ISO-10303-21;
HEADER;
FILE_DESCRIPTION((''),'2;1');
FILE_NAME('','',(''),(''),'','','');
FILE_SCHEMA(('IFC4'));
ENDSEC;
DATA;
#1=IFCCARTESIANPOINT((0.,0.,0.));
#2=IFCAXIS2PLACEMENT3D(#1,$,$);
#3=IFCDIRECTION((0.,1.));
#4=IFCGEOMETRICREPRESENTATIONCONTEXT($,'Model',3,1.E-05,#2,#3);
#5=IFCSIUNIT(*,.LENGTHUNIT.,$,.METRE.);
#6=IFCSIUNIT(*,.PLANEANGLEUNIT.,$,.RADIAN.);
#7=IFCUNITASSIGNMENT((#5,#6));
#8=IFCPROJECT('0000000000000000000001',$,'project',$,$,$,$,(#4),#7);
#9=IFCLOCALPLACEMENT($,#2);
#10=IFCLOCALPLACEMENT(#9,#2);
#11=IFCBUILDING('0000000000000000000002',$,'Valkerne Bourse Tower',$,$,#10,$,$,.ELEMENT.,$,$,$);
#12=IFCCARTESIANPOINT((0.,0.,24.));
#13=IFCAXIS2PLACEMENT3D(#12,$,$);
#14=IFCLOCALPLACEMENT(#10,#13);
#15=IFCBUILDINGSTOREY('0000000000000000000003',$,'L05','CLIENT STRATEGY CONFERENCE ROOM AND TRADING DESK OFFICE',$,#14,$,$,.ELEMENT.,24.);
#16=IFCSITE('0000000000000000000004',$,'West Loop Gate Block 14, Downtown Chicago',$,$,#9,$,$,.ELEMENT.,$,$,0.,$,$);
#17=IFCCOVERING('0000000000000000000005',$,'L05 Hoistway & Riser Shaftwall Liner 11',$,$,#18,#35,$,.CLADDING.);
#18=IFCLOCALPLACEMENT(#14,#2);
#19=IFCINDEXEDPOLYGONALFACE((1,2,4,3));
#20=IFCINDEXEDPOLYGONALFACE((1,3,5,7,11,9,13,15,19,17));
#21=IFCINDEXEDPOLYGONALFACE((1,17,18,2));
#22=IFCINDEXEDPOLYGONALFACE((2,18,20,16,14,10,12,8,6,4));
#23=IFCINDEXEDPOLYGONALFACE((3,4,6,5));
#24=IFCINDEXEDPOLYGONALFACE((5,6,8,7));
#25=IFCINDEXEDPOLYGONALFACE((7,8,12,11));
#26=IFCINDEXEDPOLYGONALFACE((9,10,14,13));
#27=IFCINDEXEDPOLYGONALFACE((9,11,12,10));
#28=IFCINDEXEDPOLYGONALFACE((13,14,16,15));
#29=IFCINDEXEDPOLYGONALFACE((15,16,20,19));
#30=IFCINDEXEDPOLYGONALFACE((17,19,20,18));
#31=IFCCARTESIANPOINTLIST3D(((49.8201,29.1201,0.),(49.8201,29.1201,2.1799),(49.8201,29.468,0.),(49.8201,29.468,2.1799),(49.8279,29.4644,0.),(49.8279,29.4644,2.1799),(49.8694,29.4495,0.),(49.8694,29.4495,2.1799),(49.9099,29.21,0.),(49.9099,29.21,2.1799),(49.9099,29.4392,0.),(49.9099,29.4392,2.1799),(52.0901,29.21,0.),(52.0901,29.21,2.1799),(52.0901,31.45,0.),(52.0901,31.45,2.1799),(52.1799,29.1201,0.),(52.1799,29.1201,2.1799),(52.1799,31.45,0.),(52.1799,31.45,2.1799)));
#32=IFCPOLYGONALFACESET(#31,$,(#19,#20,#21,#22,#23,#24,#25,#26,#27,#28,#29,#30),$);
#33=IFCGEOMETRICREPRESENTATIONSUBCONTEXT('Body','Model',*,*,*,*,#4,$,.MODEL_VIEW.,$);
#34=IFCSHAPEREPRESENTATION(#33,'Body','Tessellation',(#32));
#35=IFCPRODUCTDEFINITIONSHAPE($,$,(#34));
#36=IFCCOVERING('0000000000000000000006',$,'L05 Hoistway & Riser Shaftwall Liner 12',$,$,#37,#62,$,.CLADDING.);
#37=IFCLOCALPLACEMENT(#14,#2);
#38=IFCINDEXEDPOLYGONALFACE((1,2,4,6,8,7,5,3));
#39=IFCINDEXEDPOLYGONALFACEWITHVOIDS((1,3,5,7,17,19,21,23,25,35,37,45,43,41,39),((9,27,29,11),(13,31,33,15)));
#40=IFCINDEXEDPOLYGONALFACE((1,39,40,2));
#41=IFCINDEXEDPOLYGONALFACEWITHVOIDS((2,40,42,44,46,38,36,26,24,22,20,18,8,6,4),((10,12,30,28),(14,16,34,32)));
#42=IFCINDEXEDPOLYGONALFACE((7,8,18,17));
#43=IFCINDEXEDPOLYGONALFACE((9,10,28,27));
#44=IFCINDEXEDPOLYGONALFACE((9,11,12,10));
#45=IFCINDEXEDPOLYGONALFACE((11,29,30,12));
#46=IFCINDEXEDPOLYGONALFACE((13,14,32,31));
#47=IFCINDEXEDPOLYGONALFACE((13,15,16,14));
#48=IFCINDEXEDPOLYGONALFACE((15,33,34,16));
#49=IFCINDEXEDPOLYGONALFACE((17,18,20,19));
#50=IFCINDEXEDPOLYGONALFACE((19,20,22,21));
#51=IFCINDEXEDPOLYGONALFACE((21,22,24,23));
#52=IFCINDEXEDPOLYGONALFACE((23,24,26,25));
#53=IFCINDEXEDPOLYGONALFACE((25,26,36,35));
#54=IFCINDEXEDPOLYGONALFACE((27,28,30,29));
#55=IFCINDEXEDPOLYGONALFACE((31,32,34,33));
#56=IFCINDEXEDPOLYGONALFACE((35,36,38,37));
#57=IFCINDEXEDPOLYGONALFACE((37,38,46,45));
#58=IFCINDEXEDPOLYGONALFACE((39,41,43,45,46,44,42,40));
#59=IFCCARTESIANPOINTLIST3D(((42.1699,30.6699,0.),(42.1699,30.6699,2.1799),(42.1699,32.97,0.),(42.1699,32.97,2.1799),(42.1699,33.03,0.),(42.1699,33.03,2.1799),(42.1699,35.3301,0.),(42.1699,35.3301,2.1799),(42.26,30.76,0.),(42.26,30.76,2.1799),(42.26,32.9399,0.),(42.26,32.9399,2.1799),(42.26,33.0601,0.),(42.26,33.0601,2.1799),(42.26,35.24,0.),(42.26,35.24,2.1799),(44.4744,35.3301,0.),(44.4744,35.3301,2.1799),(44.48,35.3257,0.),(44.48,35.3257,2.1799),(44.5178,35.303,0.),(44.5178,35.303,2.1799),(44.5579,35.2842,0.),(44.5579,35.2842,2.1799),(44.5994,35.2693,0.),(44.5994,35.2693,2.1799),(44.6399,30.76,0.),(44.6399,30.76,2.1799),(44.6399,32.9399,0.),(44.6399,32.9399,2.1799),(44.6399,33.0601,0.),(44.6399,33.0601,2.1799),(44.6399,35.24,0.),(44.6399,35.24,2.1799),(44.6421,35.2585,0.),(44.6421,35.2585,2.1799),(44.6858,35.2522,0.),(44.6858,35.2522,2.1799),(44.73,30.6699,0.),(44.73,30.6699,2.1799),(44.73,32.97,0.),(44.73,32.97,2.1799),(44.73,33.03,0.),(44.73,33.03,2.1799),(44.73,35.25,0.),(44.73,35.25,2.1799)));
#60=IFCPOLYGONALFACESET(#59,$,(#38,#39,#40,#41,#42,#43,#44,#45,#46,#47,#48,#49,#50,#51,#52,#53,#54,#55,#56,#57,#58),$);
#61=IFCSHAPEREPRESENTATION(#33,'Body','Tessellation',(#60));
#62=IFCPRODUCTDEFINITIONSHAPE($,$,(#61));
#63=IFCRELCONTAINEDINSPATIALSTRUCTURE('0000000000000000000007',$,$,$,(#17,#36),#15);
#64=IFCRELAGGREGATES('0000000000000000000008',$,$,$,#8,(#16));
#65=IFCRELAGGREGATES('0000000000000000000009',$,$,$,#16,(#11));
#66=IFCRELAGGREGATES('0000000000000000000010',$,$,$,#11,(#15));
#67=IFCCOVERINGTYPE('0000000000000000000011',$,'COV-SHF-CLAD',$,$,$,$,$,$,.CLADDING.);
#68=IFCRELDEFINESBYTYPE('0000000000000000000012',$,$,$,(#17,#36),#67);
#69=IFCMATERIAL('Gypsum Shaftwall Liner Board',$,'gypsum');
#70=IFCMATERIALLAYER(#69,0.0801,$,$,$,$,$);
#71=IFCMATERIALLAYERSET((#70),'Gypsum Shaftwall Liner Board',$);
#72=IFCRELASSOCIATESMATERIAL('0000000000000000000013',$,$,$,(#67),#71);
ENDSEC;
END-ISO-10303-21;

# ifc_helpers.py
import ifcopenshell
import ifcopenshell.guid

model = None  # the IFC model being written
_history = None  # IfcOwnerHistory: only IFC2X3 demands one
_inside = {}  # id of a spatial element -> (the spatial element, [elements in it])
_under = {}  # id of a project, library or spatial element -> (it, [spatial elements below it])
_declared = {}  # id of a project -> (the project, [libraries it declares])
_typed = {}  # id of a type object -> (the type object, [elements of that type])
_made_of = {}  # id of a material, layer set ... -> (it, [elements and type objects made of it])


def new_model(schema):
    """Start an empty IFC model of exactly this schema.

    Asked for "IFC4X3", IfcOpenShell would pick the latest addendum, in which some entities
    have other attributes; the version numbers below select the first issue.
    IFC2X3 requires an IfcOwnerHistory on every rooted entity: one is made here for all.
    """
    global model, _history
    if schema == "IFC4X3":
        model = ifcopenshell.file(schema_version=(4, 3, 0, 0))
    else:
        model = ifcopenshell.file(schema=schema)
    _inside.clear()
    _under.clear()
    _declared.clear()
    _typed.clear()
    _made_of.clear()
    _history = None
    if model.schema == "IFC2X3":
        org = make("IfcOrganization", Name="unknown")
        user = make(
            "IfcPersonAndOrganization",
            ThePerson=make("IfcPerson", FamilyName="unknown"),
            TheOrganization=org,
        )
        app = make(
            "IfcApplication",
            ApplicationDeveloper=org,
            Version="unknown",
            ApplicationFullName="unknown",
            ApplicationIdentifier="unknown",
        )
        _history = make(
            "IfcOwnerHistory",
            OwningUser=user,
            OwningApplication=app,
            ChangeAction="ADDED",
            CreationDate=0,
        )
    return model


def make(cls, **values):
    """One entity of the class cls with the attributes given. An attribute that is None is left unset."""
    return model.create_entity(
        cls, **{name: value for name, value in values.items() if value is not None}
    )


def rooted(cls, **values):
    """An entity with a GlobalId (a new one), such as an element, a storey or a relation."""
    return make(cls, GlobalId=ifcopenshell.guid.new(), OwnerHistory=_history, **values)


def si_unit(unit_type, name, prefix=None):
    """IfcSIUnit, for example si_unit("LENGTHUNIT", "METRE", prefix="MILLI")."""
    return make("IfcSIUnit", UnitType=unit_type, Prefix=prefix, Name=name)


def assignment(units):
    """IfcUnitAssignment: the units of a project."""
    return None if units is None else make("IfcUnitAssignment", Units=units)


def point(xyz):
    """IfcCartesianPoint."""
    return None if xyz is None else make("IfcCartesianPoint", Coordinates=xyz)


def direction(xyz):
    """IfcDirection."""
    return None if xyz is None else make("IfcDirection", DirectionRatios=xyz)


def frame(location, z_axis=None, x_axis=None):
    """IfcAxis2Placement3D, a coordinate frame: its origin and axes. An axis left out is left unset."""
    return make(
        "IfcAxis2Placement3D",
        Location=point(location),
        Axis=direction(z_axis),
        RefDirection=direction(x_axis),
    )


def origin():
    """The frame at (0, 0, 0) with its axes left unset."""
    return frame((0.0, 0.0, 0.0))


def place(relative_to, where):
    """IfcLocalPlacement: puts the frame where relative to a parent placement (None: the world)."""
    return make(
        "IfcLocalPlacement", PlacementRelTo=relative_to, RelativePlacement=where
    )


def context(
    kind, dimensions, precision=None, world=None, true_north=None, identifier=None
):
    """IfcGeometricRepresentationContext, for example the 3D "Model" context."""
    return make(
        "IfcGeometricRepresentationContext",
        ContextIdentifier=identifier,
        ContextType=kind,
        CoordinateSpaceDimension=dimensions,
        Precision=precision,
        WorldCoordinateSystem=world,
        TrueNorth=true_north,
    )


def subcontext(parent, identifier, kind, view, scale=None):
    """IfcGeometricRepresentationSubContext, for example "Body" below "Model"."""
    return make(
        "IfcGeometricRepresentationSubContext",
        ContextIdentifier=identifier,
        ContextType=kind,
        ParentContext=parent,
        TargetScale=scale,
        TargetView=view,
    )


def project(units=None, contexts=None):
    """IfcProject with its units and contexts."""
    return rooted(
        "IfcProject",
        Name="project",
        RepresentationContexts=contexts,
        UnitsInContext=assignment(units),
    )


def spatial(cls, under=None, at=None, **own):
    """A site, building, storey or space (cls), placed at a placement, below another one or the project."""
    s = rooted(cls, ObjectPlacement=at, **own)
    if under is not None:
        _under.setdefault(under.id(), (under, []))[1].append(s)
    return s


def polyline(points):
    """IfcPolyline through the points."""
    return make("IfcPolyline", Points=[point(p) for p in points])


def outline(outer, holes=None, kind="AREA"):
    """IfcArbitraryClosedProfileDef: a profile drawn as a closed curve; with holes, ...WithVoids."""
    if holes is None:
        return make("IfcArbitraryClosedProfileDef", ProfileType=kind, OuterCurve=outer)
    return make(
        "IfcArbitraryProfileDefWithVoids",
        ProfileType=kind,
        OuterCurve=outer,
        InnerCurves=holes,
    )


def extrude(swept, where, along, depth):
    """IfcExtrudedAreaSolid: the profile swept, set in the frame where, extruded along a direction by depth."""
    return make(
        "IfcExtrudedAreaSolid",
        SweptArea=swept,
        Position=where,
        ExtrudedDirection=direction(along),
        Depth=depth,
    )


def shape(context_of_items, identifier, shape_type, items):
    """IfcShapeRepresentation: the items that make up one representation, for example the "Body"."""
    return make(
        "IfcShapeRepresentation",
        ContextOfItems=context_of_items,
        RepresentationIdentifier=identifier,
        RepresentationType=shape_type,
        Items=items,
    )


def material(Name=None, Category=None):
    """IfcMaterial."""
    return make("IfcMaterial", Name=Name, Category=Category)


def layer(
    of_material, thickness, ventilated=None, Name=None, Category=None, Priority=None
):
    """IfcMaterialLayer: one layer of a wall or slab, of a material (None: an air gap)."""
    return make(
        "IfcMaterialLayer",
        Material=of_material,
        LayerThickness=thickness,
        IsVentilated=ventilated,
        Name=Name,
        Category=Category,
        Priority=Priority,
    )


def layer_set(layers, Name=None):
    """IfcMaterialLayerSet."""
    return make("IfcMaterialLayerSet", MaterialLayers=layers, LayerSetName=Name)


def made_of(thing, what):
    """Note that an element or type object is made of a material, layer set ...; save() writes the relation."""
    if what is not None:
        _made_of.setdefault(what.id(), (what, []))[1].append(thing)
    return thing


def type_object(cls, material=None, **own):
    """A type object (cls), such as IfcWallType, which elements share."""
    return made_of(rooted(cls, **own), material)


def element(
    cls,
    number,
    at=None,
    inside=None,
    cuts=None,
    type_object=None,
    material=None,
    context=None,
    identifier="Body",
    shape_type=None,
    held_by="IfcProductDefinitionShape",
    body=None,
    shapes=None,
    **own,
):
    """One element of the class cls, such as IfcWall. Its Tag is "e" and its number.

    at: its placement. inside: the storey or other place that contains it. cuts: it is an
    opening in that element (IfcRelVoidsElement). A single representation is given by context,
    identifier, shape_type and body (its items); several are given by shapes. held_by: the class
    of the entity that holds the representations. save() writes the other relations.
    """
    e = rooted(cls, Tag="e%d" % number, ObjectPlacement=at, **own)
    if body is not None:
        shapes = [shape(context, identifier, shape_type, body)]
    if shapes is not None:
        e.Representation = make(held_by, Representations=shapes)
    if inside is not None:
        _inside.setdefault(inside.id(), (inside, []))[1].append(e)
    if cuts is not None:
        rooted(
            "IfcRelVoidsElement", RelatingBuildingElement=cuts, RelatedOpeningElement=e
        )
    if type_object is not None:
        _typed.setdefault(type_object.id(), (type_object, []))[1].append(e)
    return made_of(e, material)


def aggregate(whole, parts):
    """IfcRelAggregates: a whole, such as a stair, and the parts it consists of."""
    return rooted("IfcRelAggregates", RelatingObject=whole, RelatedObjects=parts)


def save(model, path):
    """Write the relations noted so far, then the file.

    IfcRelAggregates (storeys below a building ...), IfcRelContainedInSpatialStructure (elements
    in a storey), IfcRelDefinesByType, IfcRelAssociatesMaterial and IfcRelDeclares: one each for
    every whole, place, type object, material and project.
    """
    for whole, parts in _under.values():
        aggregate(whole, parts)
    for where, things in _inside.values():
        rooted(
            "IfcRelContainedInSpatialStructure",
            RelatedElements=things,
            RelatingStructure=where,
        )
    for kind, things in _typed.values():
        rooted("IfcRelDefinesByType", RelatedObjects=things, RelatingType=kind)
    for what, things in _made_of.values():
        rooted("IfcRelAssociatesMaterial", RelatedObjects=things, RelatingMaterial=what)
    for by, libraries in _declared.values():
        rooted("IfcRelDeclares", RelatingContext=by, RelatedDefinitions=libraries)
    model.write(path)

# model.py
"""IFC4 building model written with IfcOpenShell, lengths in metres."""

from ifc_helpers import new_model, si_unit, direction, frame, origin, place, context, subcontext, project, spatial, polyline, outline, extrude, material, layer, layer_set, type_object, element, save


model = new_model("IFC4")

# Units and contexts
model_context = context("Model", 3, precision=1e-05, world=origin(), true_north=direction((0.0, 1.0)))
body_context = subcontext(model_context, "Body", "Model", "MODEL_VIEW")
ifc_project = project(units=[si_unit("LENGTHUNIT", "METRE"), si_unit("PLANEANGLEUNIT", "RADIAN")], contexts=[model_context])

# Site, building, storey
site_placement = place(None, origin())
site = spatial("IfcSite", under=ifc_project, at=site_placement, Name="West Loop Gate Block 14, Downtown Chicago", CompositionType="ELEMENT", RefElevation=0.0)
building_placement = place(site_placement, origin())
building = spatial("IfcBuilding", under=site, at=building_placement, Name="Valkerne Bourse Tower", CompositionType="ELEMENT")
storey_placement = place(building_placement, frame((0.0, 0.0, 24.0)))
storey = spatial("IfcBuildingStorey", under=building, at=storey_placement, Name="L05", Description="CLIENT STRATEGY CONFERENCE ROOM AND TRADING DESK OFFICE", CompositionType="ELEMENT", Elevation=24.0)

# Coverings
ifc_material_1 = material(Name="Gypsum Shaftwall Liner Board", Category="gypsum")
ifc_layer_1 = layer(ifc_material_1, 0.0801)
ifc_layer_set_1 = layer_set([ifc_layer_1], Name="Gypsum Shaftwall Liner Board")
covering_type_1 = type_object("IfcCoveringType", Name="COV-SHF-CLAD", PredefinedType="CLADDING", material=ifc_layer_set_1)
covering_1_placement = place(storey_placement, origin())
element("IfcCovering", 1, at=covering_1_placement, inside=storey, type_object=covering_type_1, Name="L05 Hoistway & Riser Shaftwall Liner 11", PredefinedType="CLADDING", context=body_context, shape_type="SweptSolid", body=[
    extrude(outline(polyline([(49.8201, 29.1201), (49.8201, 29.468), (49.8279, 29.4644), (49.8694, 29.4495), (49.9099, 29.4392), (49.9099, 29.21), (52.0901, 29.21), (52.0901, 31.45), (52.1799, 31.45), (52.1799, 29.1201), (49.8201, 29.1201)])), origin(), (0.0, 0.0, 1.0), 2.1799),
])
covering_2_placement = place(storey_placement, origin())
element("IfcCovering", 2, at=covering_2_placement, inside=storey, type_object=covering_type_1, Name="L05 Hoistway & Riser Shaftwall Liner 12", PredefinedType="CLADDING", context=body_context, shape_type="SweptSolid", body=[
    extrude(outline(polyline([(44.4744, 35.3301), (44.48, 35.3257), (44.5178, 35.303), (44.5579, 35.2842), (44.5994, 35.2693), (44.6421, 35.2585), (44.6858, 35.2522), (44.73, 35.25), (44.73, 33.03), (44.73, 32.97), (44.73, 30.6699), (42.1699, 30.6699), (42.1699, 32.97), (42.1699, 33.03), (42.1699, 35.3301), (44.4744, 35.3301)]), holes=[polyline([(42.26, 30.76), (44.6399, 30.76), (44.6399, 32.9399), (42.26, 32.9399), (42.26, 30.76)]), polyline([(42.26, 33.0601), (44.6399, 33.0601), (44.6399, 35.24), (42.26, 35.24), (42.26, 33.0601)])]), origin(), (0.0, 0.0, 1.0), 2.1799),
])

save(model, "model.ifc")
